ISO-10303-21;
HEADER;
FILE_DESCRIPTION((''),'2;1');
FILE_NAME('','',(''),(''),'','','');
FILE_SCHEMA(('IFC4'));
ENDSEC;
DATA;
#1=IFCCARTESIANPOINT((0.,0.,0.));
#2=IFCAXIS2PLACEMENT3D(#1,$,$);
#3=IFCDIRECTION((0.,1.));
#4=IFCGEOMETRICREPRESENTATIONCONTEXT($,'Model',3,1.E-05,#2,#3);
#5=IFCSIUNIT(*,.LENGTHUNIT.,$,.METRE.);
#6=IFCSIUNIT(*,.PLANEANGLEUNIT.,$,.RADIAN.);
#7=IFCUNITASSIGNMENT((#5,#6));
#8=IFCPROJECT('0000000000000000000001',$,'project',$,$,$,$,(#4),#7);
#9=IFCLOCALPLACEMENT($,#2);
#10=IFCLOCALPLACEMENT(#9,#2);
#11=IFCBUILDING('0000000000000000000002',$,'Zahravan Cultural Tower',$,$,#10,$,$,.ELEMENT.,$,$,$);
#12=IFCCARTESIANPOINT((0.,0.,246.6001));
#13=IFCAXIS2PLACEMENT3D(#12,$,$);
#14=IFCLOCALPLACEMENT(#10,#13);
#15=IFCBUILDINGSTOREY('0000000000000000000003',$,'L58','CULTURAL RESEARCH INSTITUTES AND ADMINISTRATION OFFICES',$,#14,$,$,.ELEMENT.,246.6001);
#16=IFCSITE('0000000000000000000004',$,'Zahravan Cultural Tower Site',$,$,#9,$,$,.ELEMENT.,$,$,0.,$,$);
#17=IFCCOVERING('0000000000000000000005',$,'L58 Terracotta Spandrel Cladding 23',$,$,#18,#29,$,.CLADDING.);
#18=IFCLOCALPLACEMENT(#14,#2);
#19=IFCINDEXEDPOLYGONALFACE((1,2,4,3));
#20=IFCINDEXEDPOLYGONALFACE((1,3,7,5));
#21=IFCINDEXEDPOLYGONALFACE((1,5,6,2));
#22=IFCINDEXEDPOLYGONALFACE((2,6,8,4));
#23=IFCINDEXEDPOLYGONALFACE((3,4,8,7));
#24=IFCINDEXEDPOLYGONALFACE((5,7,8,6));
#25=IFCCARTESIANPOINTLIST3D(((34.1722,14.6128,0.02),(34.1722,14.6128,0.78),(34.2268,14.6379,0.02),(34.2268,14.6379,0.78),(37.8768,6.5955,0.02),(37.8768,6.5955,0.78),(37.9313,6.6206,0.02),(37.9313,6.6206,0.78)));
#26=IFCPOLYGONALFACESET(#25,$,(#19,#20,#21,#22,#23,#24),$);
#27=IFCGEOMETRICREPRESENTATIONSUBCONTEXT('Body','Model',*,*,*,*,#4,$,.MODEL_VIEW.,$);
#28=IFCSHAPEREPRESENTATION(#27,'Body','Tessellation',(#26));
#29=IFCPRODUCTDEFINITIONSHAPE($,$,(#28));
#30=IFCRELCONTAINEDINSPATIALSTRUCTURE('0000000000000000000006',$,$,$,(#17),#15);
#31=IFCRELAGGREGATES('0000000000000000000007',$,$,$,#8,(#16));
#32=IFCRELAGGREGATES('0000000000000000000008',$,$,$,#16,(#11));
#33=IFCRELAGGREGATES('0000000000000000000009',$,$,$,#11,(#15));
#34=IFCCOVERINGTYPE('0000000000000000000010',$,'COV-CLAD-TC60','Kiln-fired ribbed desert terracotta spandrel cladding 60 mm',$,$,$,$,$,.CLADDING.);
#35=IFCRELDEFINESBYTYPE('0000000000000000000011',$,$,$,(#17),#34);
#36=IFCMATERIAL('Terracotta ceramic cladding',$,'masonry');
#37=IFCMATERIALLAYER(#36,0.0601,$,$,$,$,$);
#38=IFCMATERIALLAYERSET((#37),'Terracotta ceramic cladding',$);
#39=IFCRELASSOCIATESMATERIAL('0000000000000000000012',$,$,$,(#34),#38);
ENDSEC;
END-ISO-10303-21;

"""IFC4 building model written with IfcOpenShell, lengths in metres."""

from ifc_helpers import new_model, si_unit, direction, frame, origin, origin_2d, place, context, subcontext, project, spatial, rectangle, extrude, source, transform, mapped, material, layer, layer_set, type_object, element, save


model = new_model("IFC4")

# Units and contexts
model_context = context("Model", 3, precision=1e-05, world=origin(), true_north=direction((0.0, 1.0)))
body_context = subcontext(model_context, "Body", "Model", "MODEL_VIEW")
ifc_project = project(units=[si_unit("LENGTHUNIT", "METRE"), si_unit("PLANEANGLEUNIT", "RADIAN")], contexts=[model_context])

# Site, building, storey
site_placement = place(None, origin())
site = spatial("IfcSite", under=ifc_project, at=site_placement, Name="Zahravan Cultural Tower Site", CompositionType="ELEMENT", RefElevation=0.0)
building_placement = place(site_placement, origin())
building = spatial("IfcBuilding", under=site, at=building_placement, Name="Zahravan Cultural Tower", CompositionType="ELEMENT")
storey_placement = place(building_placement, frame((0.0, 0.0, 246.6001)))
storey = spatial("IfcBuildingStorey", under=building, at=storey_placement, Name="L58", Description="CULTURAL RESEARCH INSTITUTES AND ADMINISTRATION OFFICES", CompositionType="ELEMENT", Elevation=246.6001)

# Covering
ifc_material_1 = material(Name="Terracotta ceramic cladding", Category="masonry")
ifc_layer_1 = layer(ifc_material_1, 0.0601)
ifc_layer_set_1 = layer_set([ifc_layer_1], Name="Terracotta ceramic cladding")
covering_type = type_object("IfcCoveringType", Name="COV-CLAD-TC60", Description="Kiln-fired ribbed desert terracotta spandrel cladding 60 mm", PredefinedType="CLADDING", material=ifc_layer_set_1)
shared_shape_1 = source(origin(), body_context, "Body", "SweptSolid", [
    extrude(rectangle(XDim=8.8318, YDim=0.0601, at=origin_2d()), origin(), (0.0, 0.0, 1.0), 0.76),
])
covering_1_placement = place(storey_placement, frame((36.0518, 10.6167, 0.02), z_axis=(0.0, 0.0, 1.0), x_axis=(-0.419452, 0.907777, 0.0)))
element("IfcCovering", 1, at=covering_1_placement, inside=storey, type_object=covering_type, Name="L58 Terracotta Spandrel Cladding 23", PredefinedType="CLADDING", context=body_context, shape_type="MappedRepresentation", body=[
    mapped(shared_shape_1, transform((0.0, 0.0, 0.0), x_axis=(1.0, 0.0, 0.0), y_axis=(0.0, 1.0, 0.0), z_axis=(0.0, 0.0, 1.0), scale=1.0)),
])

save(model, "model.ifc")
